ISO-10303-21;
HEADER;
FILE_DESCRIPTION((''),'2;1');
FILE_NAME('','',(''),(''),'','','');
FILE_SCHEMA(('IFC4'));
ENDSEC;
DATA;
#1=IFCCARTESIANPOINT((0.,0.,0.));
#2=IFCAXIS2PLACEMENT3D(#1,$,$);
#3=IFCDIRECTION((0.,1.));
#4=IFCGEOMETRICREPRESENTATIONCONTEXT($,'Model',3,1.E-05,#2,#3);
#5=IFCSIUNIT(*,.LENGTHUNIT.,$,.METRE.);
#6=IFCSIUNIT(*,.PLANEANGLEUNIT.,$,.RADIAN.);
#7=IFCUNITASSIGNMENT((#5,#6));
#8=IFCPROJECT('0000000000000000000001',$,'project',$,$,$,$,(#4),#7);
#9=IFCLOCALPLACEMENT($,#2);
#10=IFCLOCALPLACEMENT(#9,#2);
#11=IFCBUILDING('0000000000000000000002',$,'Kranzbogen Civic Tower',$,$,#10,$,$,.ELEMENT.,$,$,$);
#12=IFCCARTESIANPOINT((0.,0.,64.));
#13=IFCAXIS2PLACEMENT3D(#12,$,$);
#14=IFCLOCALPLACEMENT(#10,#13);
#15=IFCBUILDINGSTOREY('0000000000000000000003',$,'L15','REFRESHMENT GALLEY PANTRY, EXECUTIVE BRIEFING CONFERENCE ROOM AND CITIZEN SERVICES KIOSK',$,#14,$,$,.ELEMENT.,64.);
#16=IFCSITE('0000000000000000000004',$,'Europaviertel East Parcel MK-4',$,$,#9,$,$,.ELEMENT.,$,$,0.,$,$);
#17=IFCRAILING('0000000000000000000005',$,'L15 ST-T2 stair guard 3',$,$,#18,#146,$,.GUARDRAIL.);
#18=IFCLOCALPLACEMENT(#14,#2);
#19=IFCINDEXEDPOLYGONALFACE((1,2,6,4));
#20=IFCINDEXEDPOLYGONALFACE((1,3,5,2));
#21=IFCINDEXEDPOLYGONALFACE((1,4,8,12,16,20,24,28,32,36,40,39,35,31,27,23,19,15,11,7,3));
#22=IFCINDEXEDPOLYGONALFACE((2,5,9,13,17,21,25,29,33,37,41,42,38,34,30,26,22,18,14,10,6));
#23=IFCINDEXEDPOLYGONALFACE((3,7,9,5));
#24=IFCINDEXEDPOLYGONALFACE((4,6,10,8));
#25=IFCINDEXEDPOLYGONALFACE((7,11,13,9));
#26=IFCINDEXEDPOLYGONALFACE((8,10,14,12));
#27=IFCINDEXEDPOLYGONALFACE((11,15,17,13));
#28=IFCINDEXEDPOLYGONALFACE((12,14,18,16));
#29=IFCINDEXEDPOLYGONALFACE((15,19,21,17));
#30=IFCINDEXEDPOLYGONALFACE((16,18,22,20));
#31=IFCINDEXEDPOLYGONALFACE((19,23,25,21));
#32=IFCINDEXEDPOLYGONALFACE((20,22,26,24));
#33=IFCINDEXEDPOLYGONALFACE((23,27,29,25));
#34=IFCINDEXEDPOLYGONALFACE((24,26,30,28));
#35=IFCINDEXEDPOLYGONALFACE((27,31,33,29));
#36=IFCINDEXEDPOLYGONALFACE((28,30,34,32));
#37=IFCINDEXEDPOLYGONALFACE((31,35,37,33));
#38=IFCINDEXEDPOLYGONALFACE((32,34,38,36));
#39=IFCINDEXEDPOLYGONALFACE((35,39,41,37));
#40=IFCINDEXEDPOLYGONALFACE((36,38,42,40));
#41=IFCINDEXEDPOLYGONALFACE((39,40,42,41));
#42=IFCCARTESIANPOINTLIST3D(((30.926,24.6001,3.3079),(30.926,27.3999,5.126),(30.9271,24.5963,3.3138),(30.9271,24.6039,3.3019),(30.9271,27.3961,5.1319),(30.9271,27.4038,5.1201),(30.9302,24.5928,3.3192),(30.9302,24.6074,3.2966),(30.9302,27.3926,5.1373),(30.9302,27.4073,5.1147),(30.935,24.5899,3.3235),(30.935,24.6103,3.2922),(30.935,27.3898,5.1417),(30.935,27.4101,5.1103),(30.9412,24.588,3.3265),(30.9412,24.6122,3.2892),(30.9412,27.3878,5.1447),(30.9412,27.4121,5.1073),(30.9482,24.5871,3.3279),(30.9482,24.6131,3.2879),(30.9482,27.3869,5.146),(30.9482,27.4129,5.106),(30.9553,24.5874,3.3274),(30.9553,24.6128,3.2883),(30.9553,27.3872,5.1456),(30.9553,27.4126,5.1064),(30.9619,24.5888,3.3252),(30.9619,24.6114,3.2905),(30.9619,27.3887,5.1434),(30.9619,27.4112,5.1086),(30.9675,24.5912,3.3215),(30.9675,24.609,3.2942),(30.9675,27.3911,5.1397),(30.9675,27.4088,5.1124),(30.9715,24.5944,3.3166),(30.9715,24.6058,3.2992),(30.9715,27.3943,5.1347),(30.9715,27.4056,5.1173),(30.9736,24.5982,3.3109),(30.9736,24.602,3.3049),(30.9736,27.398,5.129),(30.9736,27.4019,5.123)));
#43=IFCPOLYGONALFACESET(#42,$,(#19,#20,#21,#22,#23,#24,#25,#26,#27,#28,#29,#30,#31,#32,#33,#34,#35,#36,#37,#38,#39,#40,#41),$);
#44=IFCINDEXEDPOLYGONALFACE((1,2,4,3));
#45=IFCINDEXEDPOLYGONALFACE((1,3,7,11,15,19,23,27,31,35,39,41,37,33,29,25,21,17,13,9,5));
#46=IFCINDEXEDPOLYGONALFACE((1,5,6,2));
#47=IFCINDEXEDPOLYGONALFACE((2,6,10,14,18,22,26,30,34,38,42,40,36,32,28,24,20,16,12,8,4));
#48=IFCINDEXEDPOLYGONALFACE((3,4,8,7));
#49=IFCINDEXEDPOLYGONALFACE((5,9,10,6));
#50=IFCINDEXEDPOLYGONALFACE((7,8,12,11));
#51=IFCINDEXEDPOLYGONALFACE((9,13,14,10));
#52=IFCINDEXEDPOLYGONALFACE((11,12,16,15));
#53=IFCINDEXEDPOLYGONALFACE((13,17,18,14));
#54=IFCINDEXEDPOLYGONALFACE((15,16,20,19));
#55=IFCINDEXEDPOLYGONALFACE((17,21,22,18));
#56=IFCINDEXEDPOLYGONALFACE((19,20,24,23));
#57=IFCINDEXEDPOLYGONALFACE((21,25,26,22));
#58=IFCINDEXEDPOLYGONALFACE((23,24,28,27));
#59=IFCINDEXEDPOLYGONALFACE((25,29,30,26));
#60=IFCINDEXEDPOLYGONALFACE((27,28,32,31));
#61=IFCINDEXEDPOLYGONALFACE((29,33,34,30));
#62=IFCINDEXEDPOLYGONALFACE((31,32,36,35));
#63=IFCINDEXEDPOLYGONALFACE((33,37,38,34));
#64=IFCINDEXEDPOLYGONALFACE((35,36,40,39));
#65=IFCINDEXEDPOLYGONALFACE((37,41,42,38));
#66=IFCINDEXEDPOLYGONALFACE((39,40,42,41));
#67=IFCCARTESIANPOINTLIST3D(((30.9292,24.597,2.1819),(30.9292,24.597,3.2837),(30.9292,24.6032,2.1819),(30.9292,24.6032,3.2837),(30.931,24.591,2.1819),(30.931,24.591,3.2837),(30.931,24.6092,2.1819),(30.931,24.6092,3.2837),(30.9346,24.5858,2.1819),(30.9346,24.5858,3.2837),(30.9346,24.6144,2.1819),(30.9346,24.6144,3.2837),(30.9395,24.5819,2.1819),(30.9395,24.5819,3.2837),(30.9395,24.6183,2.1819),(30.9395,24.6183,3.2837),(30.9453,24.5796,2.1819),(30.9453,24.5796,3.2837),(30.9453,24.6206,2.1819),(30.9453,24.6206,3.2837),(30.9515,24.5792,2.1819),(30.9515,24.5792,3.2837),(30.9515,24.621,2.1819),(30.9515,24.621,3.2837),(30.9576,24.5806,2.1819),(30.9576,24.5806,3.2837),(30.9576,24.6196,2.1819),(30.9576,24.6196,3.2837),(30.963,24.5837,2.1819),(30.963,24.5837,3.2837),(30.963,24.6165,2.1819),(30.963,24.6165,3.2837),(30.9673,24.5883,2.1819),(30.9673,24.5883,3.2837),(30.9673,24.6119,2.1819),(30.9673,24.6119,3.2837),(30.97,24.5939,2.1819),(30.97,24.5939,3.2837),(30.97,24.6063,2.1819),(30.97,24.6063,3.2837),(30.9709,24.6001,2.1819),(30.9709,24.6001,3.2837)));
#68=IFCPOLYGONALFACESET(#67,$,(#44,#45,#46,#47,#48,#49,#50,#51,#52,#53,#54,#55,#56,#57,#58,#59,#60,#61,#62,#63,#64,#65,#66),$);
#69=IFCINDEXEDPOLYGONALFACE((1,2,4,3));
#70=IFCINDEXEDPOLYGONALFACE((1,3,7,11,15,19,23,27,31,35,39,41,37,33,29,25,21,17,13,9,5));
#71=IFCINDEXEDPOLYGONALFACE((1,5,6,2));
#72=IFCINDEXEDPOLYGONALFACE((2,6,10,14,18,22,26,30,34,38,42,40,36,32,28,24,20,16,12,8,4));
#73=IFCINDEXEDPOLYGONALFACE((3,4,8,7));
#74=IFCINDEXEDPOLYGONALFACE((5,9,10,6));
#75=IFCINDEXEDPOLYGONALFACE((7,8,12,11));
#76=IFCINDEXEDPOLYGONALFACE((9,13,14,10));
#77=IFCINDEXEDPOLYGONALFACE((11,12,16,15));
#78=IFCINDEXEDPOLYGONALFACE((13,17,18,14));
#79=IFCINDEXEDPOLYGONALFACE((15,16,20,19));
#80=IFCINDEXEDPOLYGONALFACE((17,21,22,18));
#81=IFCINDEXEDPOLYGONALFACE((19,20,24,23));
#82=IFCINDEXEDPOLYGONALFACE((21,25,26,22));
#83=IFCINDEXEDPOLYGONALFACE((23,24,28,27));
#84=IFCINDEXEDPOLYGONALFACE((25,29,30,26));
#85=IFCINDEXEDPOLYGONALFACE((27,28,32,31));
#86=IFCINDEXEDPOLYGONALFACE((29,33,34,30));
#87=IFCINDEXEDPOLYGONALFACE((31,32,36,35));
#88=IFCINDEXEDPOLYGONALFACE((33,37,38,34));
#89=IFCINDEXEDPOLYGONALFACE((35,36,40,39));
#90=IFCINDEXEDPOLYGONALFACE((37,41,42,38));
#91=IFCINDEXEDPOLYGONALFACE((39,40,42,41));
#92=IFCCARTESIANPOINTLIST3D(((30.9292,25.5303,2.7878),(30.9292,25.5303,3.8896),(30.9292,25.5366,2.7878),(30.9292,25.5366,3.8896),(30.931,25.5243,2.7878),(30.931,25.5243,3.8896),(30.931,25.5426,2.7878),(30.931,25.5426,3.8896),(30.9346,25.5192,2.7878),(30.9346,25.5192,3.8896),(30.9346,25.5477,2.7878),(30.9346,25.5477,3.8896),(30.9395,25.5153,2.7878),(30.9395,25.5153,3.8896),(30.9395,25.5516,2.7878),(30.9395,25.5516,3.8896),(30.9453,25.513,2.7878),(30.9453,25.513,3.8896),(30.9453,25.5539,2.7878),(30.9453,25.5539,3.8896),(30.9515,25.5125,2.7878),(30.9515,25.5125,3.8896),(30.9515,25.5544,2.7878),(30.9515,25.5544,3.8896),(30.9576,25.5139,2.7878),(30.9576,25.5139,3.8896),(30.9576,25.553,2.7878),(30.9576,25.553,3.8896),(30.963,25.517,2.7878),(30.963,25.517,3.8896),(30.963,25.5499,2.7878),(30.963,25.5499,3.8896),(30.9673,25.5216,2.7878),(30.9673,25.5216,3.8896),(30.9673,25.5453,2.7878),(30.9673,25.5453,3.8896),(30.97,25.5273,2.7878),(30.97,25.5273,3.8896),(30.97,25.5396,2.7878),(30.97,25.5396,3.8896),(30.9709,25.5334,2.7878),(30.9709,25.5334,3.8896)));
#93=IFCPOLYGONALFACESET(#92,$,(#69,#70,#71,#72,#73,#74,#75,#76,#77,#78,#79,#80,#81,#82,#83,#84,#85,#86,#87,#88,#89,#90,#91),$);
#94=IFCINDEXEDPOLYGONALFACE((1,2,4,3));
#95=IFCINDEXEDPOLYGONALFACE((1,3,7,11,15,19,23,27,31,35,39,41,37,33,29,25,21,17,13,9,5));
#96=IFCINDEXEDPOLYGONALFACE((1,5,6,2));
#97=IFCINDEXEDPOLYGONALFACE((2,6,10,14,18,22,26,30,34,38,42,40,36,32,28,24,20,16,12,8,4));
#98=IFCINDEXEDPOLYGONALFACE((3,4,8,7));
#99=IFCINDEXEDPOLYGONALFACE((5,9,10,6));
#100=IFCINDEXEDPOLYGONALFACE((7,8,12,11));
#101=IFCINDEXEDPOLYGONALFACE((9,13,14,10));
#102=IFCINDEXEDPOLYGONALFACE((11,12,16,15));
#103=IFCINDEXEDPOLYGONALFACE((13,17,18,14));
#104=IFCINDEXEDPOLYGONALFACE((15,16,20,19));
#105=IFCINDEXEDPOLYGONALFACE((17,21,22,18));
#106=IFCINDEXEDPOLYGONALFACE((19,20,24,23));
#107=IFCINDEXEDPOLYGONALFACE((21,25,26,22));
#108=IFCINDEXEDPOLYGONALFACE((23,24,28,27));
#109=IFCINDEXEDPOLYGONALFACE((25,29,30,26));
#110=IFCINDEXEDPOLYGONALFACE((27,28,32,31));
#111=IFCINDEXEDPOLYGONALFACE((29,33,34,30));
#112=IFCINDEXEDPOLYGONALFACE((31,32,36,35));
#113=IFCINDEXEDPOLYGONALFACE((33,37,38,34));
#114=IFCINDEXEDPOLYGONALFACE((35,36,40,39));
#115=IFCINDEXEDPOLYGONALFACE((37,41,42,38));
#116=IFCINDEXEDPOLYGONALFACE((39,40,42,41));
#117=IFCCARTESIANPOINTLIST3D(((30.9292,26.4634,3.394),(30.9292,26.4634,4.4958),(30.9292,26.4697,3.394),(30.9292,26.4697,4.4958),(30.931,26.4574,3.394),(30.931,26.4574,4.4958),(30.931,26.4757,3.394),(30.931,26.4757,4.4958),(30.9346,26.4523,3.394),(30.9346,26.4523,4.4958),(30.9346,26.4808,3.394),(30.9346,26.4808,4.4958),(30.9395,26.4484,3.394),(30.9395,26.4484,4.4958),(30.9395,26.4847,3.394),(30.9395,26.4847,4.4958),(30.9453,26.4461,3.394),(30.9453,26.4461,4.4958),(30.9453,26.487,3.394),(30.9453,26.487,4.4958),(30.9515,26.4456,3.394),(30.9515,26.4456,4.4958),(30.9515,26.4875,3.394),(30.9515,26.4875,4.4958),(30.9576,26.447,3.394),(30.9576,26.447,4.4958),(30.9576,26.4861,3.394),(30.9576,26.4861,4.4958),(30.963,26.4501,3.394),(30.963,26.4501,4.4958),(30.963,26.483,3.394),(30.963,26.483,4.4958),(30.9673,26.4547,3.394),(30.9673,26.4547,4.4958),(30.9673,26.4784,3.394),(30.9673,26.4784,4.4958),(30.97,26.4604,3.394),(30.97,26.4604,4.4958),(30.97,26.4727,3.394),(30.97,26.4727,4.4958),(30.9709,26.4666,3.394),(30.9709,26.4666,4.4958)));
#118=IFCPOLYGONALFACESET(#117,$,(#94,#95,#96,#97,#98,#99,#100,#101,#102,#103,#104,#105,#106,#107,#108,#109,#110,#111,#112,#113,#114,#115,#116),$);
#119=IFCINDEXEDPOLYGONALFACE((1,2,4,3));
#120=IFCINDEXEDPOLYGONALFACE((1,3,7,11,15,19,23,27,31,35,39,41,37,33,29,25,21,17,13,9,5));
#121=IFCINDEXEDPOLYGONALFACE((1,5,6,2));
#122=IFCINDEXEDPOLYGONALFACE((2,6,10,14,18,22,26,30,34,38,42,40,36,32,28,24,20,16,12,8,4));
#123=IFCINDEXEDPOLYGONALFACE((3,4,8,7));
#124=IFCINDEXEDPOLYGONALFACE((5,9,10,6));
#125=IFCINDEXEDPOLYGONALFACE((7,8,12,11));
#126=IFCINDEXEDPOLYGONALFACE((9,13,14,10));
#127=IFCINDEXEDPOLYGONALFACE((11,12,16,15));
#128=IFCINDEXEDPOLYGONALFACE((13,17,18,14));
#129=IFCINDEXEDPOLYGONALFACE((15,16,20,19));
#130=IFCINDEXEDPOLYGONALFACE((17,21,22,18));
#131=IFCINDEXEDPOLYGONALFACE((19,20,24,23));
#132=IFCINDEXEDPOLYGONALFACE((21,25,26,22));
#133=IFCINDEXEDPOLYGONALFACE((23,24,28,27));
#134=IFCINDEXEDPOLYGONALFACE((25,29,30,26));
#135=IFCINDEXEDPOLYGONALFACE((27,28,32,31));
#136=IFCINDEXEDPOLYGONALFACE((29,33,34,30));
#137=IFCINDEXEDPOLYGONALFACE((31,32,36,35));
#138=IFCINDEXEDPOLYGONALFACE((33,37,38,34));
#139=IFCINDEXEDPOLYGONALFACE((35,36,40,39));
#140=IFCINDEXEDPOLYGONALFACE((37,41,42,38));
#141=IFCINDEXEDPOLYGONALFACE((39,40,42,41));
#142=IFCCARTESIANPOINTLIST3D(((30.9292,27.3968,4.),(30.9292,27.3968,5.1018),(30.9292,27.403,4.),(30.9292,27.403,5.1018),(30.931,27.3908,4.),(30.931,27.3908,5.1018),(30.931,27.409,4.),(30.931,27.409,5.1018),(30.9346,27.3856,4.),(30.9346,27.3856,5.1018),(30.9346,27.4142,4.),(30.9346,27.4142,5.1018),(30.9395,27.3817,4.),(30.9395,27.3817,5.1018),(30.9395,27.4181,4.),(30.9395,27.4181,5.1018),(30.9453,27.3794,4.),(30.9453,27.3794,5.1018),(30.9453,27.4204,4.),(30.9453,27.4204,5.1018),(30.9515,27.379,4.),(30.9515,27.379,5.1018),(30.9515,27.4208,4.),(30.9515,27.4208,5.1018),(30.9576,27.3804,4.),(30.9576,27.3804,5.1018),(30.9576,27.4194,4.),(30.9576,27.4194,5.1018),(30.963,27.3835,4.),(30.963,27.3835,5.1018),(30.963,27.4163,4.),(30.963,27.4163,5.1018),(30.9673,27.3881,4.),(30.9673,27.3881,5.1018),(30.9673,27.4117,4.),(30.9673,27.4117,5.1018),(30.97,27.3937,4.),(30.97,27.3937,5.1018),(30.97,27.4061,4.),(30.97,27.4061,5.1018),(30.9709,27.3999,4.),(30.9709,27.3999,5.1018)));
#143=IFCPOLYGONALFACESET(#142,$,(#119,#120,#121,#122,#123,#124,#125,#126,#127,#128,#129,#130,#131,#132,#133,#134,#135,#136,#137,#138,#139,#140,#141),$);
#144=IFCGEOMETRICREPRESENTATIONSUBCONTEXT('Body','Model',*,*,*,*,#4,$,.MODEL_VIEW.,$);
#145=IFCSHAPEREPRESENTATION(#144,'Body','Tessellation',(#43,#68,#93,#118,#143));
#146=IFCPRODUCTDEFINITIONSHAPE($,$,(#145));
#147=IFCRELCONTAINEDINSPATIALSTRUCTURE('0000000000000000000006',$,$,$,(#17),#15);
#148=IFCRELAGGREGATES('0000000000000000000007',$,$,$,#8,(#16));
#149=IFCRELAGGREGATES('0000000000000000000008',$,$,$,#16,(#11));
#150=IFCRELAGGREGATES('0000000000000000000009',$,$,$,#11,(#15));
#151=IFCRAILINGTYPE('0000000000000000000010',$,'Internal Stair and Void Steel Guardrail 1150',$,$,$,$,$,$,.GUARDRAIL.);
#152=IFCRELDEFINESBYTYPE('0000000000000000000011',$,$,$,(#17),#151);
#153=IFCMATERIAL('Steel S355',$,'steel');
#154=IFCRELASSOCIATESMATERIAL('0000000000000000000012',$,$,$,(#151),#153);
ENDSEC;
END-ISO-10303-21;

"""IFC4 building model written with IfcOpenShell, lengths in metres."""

from ifc_helpers import new_model, si_unit, direction, frame, origin, origin_2d, place, context, subcontext, project, spatial, circle, extrude, material, type_object, element, save


model = new_model("IFC4")

# Units and contexts
model_context = context("Model", 3, precision=1e-05, world=origin(), true_north=direction((0.0, 1.0)))
body_context = subcontext(model_context, "Body", "Model", "MODEL_VIEW")
ifc_project = project(units=[si_unit("LENGTHUNIT", "METRE"), si_unit("PLANEANGLEUNIT", "RADIAN")], contexts=[model_context])

# Site, building, storey
site_placement = place(None, origin())
site = spatial("IfcSite", under=ifc_project, at=site_placement, Name="Europaviertel East Parcel MK-4", CompositionType="ELEMENT", RefElevation=0.0)
building_placement = place(site_placement, origin())
building = spatial("IfcBuilding", under=site, at=building_placement, Name="Kranzbogen Civic Tower", CompositionType="ELEMENT")
storey_placement = place(building_placement, frame((0.0, 0.0, 64.0)))
storey = spatial("IfcBuildingStorey", under=building, at=storey_placement, Name="L15", Description="REFRESHMENT GALLEY PANTRY, EXECUTIVE BRIEFING CONFERENCE ROOM AND CITIZEN SERVICES KIOSK", CompositionType="ELEMENT", Elevation=64.0)

# Shared definitions
ifc_material_1 = material(Name="Steel S355", Category="steel")

# Railing
railing_type_1 = type_object("IfcRailingType", Name="Internal Stair and Void Steel Guardrail 1150", PredefinedType="GUARDRAIL", material=ifc_material_1)
railing_1_placement = place(storey_placement, frame((30.95, 24.6001, 2.1819)))
element("IfcRailing", 1, at=railing_1_placement, inside=storey, type_object=railing_type_1, Name="L15 ST-T2 stair guard 3", PredefinedType="GUARDRAIL", context=body_context, shape_type="SweptSolid", body=[
    extrude(circle(Radius=0.0239, at=origin_2d()), frame((0.0, 0.0, 1.126), z_axis=(0.0, 0.838684, 0.544618), x_axis=(-1.0, 0.0, 0.0)), (0.0, 0.0, 1.0), 3.3384),
    extrude(circle(Radius=0.021, at=origin_2d()), origin(), (0.0, 0.0, 1.0), 1.1018),
    extrude(circle(Radius=0.021, at=origin_2d()), frame((0.0, 0.9333, 0.606)), (0.0, 0.0, 1.0), 1.1018),
    extrude(circle(Radius=0.021, at=origin_2d()), frame((0.0, 1.8665, 1.2122)), (0.0, 0.0, 1.0), 1.1018),
    extrude(circle(Radius=0.021, at=origin_2d()), frame((0.0, 2.7998, 1.8181)), (0.0, 0.0, 1.0), 1.1018),
])

save(model, "model.ifc")
